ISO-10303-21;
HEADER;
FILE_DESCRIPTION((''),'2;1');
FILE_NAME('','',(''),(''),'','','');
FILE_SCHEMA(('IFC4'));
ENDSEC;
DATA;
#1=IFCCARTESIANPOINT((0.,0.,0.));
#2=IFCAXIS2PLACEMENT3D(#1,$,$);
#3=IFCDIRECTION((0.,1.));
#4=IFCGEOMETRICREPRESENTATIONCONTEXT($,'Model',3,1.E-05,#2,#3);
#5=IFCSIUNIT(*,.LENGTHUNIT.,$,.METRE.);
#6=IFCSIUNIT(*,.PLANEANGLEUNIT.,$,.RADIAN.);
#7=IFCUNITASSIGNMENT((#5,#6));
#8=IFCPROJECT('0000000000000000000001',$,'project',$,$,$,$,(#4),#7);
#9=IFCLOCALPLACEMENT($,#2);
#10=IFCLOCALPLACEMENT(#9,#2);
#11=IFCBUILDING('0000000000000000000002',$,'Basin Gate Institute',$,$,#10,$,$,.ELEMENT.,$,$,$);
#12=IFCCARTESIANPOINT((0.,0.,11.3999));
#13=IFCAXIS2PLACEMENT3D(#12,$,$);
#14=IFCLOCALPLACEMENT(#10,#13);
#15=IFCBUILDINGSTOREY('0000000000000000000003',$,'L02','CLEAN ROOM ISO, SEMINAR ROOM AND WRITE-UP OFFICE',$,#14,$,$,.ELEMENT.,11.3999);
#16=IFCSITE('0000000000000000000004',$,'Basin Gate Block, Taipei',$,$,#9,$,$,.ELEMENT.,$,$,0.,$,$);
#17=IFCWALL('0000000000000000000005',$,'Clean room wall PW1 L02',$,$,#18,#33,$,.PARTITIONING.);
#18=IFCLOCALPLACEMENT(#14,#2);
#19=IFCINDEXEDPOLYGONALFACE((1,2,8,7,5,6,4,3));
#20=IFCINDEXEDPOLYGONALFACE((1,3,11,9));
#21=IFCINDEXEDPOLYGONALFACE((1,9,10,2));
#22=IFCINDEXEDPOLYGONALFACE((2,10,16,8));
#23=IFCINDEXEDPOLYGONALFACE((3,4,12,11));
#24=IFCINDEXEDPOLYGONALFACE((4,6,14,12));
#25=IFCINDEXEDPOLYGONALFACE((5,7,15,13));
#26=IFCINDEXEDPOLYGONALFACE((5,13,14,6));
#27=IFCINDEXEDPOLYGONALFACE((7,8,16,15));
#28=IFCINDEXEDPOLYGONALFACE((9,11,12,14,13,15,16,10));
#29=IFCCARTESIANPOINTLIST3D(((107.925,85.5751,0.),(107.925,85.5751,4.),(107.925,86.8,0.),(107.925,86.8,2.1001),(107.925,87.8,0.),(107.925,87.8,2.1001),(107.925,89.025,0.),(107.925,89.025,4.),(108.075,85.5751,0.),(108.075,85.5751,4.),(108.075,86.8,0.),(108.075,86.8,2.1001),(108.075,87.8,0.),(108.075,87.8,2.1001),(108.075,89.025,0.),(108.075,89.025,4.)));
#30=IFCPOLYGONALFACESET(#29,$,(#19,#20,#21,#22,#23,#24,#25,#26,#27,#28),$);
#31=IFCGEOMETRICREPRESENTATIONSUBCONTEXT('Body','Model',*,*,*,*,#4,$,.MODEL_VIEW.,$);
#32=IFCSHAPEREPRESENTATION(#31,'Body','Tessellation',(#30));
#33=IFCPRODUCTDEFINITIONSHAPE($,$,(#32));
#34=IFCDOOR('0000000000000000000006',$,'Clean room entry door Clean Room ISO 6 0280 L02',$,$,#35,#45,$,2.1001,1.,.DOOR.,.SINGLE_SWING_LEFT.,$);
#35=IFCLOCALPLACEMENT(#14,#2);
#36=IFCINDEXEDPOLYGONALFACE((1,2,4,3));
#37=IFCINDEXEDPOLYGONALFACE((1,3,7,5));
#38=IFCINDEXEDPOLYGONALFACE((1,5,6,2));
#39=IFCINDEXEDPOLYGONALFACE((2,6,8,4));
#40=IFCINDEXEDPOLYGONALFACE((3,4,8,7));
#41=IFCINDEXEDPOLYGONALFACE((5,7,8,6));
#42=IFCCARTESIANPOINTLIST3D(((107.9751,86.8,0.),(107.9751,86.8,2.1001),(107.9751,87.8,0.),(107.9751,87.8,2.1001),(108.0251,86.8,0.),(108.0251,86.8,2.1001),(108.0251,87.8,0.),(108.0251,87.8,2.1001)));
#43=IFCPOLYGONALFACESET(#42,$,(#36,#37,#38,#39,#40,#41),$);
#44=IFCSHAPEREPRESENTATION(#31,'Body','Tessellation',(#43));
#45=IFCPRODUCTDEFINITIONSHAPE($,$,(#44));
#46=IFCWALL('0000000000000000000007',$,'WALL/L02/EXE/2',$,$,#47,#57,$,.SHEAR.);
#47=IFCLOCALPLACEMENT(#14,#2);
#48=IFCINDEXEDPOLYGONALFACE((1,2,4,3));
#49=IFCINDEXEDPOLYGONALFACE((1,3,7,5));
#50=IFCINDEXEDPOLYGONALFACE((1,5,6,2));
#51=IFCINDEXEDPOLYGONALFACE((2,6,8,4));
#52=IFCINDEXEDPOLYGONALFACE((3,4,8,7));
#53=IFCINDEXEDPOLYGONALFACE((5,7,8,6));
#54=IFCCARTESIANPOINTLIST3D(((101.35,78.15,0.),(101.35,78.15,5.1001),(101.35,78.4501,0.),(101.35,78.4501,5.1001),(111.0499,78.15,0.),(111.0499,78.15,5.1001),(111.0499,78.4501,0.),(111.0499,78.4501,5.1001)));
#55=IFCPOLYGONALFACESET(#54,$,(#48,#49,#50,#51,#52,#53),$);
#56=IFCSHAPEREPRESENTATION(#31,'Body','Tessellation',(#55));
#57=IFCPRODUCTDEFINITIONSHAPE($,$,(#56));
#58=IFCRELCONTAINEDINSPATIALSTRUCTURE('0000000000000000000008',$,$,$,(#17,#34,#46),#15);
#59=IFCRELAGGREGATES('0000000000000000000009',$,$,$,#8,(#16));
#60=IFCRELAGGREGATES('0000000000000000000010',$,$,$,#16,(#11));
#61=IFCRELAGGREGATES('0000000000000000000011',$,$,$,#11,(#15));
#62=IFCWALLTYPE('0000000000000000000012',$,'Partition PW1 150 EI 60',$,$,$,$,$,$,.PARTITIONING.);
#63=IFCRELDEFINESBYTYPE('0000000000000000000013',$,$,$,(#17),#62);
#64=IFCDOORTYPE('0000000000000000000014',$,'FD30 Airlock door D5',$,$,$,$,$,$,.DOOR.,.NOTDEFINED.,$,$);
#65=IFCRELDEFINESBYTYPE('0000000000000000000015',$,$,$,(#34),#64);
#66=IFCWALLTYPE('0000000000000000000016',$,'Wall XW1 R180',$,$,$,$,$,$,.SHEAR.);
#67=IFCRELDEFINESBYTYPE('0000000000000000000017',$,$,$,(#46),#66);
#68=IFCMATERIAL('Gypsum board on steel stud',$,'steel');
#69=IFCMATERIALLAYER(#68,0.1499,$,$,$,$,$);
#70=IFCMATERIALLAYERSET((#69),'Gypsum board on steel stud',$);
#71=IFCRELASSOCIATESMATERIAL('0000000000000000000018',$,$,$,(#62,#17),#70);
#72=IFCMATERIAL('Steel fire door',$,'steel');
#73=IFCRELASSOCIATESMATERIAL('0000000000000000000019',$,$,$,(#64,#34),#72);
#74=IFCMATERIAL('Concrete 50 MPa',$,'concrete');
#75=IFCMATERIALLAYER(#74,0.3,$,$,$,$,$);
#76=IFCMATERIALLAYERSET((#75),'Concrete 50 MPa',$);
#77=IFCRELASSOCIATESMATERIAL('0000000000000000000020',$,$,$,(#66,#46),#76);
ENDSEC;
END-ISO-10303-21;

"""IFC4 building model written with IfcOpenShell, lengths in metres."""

from ifc_helpers import new_model, si_unit, direction, frame, frame_2d, origin, place, context, subcontext, project, spatial, rectangle, extrude, material, layer, layer_set, type_object, element, fill, save


model = new_model("IFC4")

# Units and contexts
model_context = context("Model", 3, precision=1e-05, world=origin(), true_north=direction((0.0, 1.0)))
body_context = subcontext(model_context, "Body", "Model", "MODEL_VIEW")
ifc_project = project(units=[si_unit("LENGTHUNIT", "METRE"), si_unit("PLANEANGLEUNIT", "RADIAN")], contexts=[model_context])

# Site, building, storey
site_placement = place(None, origin())
site = spatial("IfcSite", under=ifc_project, at=site_placement, Name="Basin Gate Block, Taipei", CompositionType="ELEMENT", RefElevation=0.0)
building_placement = place(site_placement, origin())
building = spatial("IfcBuilding", under=site, at=building_placement, Name="Basin Gate Institute", CompositionType="ELEMENT")
storey_placement = place(building_placement, frame((0.0, 0.0, 11.3999)))
storey = spatial("IfcBuildingStorey", under=building, at=storey_placement, Name="L02", Description="CLEAN ROOM ISO, SEMINAR ROOM AND WRITE-UP OFFICE", CompositionType="ELEMENT", Elevation=11.3999)

# Wall, opening, door
ifc_material_1 = material(Name="Gypsum board on steel stud", Category="steel")
ifc_layer_1 = layer(ifc_material_1, 0.1499)
ifc_layer_set_1 = layer_set([ifc_layer_1], Name="Gypsum board on steel stud")
wall_type_1 = type_object("IfcWallType", Name="Partition PW1 150 EI 60", PredefinedType="PARTITIONING", material=ifc_layer_set_1)
ifc_material_2 = material(Name="Steel fire door", Category="steel")
door_type = type_object("IfcDoorType", Name="FD30 Airlock door D5", OperationType="NOTDEFINED", PredefinedType="DOOR", material=ifc_material_2)
wall_1_placement = place(storey_placement, frame((108.0, 85.575, 0.0), z_axis=(0.0, 0.0, 1.0), x_axis=(0.0, 1.0, 0.0)))
wall_1 = element("IfcWall", 1, at=wall_1_placement, inside=storey, type_object=wall_type_1, material=ifc_layer_set_1, Name="Clean room wall PW1 L02", PredefinedType="PARTITIONING", context=body_context, shape_type="SweptSolid", body=[
    extrude(rectangle(XDim=3.45, YDim=0.1499, at=frame_2d((1.7251, 0.0))), origin(), (0.0, 0.0, 1.0), 4.0),
])
opening_1_placement = place(wall_1_placement, frame((1.2251, 0.0, 0.0)))
opening_1 = element("IfcOpeningElement", 2, at=opening_1_placement, cuts=wall_1, PredefinedType="OPENING", context=body_context, shape_type="SweptSolid", body=[
    extrude(rectangle(XDim=1.0, YDim=2.1001, at=frame_2d((0.5, 1.05))), frame((0.0, 0.085, 0.0), z_axis=(0.0, -1.0, 0.0), x_axis=(1.0, 0.0, 0.0)), (0.0, 0.0, 1.0), 0.1699),
])
door_1_placement = place(opening_1_placement, origin())
door_1 = element("IfcDoor", 3, at=door_1_placement, inside=storey, type_object=door_type, material=ifc_material_2, Name="Clean room entry door Clean Room ISO 6 0280 L02", OperationType="SINGLE_SWING_LEFT", OverallHeight=2.1001, OverallWidth=1.0, PredefinedType="DOOR", context=body_context, shape_type="SweptSolid", body=[
    extrude(rectangle(XDim=1.0, YDim=2.1001, at=frame_2d((0.5, 1.05))), frame((0.0, 0.0249, 0.0), z_axis=(0.0, -1.0, 0.0), x_axis=(1.0, 0.0, 0.0)), (0.0, 0.0, 1.0), 0.05),
])
fill(opening_1, door_1)

# Wall
ifc_material_3 = material(Name="Concrete 50 MPa", Category="concrete")
ifc_layer_2 = layer(ifc_material_3, 0.3)
ifc_layer_set_2 = layer_set([ifc_layer_2], Name="Concrete 50 MPa")
wall_type_2 = type_object("IfcWallType", Name="Wall XW1 R180", PredefinedType="SHEAR", material=ifc_layer_set_2)
wall_2_placement = place(storey_placement, frame((111.05, 78.3, 0.0), z_axis=(0.0, 0.0, 1.0), x_axis=(-1.0, 0.0, 0.0)))
element("IfcWall", 4, at=wall_2_placement, inside=storey, type_object=wall_type_2, material=ifc_layer_set_2, Name="WALL/L02/EXE/2", PredefinedType="SHEAR", context=body_context, shape_type="SweptSolid", body=[
    extrude(rectangle(XDim=9.7, YDim=0.3, at=frame_2d((4.8501, 0.0))), origin(), (0.0, 0.0, 1.0), 5.1001),
])

save(model, "model.ifc")
